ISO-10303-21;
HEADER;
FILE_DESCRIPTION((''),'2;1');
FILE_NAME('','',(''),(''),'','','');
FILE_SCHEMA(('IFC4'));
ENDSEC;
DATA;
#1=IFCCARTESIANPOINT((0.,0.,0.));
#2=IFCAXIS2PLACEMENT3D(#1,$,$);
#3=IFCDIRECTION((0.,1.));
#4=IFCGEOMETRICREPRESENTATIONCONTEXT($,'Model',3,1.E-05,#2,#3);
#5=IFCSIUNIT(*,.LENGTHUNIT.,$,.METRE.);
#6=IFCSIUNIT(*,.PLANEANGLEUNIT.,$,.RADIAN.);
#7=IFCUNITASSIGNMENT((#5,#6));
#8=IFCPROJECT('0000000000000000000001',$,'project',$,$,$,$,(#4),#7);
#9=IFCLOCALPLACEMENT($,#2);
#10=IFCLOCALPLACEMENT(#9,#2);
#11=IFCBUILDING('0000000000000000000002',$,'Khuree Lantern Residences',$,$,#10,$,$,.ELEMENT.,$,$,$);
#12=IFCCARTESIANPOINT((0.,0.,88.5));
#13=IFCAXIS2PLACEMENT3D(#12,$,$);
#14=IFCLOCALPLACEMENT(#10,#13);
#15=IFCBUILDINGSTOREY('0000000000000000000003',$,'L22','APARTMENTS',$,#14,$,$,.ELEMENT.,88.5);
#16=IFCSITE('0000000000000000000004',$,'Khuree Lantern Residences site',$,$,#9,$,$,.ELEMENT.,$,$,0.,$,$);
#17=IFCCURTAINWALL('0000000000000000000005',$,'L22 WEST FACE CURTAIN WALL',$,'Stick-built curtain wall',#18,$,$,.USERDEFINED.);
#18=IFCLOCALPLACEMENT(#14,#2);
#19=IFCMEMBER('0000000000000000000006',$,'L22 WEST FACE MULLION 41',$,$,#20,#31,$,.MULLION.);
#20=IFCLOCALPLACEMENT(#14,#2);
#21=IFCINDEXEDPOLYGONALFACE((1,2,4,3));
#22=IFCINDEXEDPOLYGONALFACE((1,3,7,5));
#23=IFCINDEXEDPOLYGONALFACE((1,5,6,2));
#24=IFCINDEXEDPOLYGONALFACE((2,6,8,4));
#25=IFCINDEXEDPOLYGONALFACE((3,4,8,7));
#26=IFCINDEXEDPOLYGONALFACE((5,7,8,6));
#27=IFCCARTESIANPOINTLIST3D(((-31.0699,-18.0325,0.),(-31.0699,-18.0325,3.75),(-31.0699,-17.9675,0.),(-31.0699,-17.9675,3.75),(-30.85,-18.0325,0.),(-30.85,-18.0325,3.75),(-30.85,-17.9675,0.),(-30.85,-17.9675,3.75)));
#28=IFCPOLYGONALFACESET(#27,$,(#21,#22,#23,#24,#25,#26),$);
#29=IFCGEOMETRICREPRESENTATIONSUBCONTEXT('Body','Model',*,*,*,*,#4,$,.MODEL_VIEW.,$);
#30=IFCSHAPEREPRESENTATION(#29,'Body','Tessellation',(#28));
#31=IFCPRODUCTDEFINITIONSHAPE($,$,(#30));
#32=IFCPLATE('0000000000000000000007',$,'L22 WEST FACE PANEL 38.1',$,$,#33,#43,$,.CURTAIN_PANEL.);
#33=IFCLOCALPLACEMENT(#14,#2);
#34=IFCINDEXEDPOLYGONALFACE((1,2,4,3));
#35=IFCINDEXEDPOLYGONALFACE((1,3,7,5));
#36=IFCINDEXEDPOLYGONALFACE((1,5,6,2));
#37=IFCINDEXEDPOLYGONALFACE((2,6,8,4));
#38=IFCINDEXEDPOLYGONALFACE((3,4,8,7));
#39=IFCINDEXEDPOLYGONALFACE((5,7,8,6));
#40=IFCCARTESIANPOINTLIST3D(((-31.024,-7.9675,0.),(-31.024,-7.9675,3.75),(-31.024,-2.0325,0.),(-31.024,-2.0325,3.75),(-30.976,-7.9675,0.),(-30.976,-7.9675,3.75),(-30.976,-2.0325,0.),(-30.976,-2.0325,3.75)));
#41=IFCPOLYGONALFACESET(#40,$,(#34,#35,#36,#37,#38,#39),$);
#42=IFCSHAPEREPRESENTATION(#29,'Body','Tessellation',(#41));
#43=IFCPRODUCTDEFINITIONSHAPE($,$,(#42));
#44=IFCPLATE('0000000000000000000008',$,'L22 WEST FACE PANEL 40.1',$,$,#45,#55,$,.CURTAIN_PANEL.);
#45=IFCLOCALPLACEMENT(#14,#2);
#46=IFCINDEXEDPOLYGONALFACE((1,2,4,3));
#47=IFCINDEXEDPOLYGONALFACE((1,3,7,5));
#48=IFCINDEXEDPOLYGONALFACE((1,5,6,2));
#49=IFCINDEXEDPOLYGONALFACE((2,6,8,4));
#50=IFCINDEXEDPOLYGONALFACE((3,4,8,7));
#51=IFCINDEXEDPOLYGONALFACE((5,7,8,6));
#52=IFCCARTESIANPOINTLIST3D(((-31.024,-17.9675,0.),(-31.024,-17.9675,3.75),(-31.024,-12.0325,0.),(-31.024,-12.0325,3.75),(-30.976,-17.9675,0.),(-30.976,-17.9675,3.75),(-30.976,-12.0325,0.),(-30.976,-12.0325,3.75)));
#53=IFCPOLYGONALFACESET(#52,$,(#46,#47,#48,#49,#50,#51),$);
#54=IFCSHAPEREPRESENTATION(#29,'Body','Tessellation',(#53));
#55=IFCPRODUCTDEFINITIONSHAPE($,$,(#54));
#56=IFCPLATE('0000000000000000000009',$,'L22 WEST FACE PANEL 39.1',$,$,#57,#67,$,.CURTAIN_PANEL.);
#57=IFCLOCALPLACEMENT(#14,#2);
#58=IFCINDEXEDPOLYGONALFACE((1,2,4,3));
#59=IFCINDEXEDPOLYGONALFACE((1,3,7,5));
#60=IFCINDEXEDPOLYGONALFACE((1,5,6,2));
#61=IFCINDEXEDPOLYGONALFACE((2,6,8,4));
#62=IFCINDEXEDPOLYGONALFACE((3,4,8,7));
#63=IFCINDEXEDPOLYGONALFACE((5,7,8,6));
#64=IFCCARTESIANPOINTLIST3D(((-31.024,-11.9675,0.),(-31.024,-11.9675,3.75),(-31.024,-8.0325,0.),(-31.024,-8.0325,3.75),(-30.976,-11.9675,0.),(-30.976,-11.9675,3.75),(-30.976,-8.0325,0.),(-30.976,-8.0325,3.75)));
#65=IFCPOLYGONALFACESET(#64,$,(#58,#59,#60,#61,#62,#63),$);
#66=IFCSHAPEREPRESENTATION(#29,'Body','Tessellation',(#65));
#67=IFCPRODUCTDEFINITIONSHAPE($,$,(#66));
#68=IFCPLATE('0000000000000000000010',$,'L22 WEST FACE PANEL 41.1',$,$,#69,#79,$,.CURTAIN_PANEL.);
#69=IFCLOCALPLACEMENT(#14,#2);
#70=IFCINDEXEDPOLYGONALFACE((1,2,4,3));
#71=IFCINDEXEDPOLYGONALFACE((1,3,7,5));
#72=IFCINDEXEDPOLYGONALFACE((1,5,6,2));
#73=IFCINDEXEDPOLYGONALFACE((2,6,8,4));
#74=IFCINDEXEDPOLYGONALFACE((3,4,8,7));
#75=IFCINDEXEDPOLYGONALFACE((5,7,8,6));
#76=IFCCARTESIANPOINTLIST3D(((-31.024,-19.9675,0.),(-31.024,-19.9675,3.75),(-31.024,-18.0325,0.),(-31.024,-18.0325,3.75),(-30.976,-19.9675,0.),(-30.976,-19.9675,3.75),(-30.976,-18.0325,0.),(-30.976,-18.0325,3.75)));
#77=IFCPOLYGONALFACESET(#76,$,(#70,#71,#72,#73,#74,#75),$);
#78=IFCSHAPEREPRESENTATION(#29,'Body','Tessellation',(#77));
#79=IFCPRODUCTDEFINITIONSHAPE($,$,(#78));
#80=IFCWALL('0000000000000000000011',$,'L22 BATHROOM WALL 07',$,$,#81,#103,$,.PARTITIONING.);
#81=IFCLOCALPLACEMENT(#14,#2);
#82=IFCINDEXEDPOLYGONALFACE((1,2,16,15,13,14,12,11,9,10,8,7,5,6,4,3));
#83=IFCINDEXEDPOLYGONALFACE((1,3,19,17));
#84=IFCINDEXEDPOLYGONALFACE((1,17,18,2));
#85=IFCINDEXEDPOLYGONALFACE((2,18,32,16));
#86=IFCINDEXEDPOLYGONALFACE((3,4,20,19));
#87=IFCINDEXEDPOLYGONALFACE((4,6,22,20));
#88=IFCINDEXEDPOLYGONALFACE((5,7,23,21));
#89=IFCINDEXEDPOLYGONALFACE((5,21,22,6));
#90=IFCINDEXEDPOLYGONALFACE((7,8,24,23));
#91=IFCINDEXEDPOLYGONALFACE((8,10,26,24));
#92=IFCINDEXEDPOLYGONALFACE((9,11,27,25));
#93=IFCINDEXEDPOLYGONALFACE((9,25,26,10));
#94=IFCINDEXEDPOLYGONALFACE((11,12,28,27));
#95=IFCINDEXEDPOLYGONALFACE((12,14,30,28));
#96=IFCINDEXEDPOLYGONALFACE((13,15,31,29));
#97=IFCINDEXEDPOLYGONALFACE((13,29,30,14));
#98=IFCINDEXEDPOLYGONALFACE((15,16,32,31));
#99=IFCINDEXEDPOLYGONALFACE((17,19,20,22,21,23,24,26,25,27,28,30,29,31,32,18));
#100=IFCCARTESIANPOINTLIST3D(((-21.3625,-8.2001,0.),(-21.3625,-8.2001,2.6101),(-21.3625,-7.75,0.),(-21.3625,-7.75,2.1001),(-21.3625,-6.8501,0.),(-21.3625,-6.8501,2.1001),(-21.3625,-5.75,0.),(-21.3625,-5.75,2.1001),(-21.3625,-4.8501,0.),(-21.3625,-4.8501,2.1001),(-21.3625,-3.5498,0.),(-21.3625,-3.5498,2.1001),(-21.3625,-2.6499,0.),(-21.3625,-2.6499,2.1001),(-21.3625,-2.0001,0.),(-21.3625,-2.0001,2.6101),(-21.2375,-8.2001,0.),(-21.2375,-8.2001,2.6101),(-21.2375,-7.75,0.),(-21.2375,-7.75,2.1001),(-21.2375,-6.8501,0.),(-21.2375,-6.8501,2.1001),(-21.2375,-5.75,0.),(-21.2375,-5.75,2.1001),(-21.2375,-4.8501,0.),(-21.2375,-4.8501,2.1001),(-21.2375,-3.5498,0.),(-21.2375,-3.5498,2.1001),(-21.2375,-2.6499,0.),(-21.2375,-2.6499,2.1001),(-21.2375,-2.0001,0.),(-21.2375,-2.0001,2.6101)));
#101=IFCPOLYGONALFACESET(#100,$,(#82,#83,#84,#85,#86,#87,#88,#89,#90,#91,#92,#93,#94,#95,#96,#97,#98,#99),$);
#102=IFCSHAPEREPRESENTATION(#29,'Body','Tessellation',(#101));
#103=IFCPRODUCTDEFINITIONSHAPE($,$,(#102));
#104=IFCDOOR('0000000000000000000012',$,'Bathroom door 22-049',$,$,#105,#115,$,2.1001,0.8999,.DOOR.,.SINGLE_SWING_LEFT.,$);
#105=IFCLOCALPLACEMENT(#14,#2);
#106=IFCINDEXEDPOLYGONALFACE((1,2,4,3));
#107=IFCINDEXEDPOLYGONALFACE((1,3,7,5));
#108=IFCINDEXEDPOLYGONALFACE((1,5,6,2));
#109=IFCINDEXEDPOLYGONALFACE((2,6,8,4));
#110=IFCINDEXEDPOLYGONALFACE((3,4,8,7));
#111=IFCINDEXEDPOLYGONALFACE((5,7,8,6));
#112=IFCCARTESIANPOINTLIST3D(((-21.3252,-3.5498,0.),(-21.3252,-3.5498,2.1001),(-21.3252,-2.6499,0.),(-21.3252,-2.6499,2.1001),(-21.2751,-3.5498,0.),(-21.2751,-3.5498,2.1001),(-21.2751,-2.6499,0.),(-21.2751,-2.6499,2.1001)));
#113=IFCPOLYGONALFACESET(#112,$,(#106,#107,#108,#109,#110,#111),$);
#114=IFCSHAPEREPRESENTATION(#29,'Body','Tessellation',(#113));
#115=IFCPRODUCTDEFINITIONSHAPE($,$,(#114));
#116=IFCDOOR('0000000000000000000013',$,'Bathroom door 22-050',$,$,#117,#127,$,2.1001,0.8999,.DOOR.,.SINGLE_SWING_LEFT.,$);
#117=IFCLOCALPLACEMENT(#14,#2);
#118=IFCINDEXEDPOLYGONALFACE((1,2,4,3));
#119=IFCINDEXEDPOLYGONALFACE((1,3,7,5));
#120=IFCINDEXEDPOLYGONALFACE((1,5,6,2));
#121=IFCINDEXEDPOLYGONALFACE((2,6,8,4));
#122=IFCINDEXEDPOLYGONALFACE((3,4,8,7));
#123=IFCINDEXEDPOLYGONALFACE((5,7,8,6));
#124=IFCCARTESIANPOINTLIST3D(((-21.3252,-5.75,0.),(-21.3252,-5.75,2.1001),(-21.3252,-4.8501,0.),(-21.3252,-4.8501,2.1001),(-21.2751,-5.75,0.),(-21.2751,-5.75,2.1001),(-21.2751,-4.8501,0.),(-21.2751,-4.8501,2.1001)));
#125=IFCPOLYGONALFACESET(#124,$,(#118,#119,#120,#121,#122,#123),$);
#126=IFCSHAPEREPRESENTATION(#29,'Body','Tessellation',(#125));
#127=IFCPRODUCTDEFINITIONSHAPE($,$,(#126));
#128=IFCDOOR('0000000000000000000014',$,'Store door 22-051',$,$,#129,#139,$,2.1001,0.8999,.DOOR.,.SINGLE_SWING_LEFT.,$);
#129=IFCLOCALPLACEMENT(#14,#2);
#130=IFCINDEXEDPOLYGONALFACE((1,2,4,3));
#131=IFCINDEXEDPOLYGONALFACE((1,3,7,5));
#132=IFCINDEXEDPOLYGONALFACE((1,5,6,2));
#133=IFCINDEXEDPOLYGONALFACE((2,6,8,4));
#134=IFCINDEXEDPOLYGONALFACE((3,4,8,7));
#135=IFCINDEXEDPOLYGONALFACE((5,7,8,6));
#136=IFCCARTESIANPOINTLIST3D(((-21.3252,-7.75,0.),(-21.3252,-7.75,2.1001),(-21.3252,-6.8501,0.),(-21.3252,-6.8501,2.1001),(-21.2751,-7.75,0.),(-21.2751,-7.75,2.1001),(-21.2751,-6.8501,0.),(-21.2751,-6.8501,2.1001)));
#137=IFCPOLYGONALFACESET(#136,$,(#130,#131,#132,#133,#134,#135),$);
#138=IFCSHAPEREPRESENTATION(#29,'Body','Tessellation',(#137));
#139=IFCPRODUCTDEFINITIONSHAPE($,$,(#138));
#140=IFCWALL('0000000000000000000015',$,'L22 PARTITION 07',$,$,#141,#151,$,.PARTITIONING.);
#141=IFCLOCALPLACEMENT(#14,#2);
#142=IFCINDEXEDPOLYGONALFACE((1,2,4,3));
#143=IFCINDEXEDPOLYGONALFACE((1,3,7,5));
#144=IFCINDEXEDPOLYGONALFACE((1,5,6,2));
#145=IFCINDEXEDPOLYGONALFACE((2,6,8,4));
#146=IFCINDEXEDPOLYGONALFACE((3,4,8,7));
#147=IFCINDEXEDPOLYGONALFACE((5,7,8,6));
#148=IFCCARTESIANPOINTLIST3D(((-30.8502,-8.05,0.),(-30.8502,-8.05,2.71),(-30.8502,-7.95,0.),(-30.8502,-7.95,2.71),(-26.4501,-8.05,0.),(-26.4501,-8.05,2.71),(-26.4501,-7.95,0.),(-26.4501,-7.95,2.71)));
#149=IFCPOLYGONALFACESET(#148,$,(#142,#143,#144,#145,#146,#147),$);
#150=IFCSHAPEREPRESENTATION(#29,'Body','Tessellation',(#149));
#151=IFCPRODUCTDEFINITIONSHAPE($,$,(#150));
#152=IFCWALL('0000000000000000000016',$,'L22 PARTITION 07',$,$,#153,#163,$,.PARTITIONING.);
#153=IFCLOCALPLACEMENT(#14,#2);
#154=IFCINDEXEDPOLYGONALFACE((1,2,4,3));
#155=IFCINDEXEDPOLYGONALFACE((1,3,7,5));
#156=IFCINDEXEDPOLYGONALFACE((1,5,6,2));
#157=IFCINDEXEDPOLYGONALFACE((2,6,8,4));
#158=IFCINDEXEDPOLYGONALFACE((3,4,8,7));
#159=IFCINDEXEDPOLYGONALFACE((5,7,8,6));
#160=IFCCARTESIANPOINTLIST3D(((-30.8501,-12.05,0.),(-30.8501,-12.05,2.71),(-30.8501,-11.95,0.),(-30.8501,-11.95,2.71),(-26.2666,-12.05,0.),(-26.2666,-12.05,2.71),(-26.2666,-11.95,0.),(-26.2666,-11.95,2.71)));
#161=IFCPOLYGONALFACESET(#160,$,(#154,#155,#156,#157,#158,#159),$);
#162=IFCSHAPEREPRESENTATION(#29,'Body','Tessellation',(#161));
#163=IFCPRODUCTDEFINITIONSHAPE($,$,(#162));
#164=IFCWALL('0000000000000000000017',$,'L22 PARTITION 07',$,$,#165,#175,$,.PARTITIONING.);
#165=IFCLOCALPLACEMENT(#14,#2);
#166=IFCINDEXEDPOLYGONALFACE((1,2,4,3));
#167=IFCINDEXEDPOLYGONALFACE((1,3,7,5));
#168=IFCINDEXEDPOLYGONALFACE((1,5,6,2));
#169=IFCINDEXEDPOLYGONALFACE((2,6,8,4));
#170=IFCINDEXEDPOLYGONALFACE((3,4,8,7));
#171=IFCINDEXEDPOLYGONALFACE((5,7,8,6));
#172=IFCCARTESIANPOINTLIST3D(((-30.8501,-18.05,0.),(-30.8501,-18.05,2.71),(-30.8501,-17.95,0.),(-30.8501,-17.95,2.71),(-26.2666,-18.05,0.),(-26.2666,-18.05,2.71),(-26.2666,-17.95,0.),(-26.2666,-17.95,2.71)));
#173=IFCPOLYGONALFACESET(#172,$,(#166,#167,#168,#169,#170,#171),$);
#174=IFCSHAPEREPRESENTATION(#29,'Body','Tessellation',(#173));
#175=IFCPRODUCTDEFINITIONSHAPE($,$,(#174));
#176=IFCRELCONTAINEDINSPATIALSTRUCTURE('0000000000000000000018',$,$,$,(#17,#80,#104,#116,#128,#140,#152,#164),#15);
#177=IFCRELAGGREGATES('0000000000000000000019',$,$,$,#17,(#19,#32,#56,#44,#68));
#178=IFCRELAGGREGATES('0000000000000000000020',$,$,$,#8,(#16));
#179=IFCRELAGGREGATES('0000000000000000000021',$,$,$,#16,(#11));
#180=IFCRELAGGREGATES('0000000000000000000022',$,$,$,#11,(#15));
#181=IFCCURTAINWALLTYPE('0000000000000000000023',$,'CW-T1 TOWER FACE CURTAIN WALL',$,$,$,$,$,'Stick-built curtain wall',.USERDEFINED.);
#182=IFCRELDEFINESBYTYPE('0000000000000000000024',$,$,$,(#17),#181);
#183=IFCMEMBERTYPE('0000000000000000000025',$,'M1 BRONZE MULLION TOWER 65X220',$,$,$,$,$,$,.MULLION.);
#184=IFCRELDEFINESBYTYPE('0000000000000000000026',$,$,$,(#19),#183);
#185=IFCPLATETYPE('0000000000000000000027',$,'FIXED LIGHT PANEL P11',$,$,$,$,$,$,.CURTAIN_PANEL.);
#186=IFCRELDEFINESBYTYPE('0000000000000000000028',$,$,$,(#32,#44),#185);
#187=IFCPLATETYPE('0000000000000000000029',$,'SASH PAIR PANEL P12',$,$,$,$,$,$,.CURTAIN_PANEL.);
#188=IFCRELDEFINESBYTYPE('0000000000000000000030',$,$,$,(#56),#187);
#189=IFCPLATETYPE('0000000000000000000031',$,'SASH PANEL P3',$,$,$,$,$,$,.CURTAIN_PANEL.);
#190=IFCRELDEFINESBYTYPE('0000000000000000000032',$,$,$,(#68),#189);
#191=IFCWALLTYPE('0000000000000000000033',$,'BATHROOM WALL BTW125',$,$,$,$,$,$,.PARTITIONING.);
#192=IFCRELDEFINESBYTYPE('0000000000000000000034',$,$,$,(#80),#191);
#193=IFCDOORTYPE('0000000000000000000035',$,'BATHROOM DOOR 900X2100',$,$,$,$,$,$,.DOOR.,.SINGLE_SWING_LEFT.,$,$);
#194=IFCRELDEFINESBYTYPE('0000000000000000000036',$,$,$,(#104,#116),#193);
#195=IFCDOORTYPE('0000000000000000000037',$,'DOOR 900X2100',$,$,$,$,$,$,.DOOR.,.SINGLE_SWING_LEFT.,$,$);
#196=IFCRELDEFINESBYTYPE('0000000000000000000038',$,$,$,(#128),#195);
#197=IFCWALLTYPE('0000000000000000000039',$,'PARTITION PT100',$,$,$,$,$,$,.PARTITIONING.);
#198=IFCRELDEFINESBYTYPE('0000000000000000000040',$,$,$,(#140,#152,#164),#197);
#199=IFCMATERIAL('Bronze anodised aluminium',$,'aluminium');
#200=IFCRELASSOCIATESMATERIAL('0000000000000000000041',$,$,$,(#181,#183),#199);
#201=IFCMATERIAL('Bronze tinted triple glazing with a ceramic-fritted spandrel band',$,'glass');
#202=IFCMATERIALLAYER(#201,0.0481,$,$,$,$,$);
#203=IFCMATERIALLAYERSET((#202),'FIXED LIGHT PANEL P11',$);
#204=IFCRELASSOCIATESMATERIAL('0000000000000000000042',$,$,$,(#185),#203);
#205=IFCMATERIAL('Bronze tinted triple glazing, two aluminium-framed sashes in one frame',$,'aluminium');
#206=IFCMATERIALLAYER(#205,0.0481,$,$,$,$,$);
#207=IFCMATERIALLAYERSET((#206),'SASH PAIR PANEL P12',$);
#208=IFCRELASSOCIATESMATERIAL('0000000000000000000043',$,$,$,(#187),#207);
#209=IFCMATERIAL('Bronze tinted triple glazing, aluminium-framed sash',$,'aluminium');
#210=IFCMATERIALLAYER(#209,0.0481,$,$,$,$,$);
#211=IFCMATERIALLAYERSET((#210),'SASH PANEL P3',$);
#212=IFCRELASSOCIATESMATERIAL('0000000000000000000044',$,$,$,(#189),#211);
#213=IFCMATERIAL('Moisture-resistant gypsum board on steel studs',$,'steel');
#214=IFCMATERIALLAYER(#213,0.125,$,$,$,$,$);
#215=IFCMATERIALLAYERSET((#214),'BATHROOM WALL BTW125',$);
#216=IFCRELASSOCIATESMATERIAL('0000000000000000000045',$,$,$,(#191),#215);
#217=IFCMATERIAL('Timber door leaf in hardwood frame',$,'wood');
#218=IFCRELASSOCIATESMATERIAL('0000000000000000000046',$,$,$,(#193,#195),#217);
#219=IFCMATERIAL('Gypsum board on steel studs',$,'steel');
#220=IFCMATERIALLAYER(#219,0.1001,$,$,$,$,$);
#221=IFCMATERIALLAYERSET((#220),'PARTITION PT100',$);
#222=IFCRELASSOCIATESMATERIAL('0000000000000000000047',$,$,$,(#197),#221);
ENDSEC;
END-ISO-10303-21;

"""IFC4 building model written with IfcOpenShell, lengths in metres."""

from ifc_helpers import new_model, si_unit, direction, frame, frame_2d, origin, origin_2d, place, context, subcontext, project, spatial, rectangle, extrude, material, layer, layer_set, material_profile, profile_set, type_object, element, fill, aggregate, save


model = new_model("IFC4")

# Units and contexts
model_context = context("Model", 3, precision=1e-05, world=origin(), true_north=direction((0.0, 1.0)))
body_context = subcontext(model_context, "Body", "Model", "MODEL_VIEW")
ifc_project = project(units=[si_unit("LENGTHUNIT", "METRE"), si_unit("PLANEANGLEUNIT", "RADIAN")], contexts=[model_context])

# Site, building, storey
site_placement = place(None, origin())
site = spatial("IfcSite", under=ifc_project, at=site_placement, Name="Khuree Lantern Residences site", CompositionType="ELEMENT", RefElevation=0.0)
building_placement = place(site_placement, origin())
building = spatial("IfcBuilding", under=site, at=building_placement, Name="Khuree Lantern Residences", CompositionType="ELEMENT")
storey_placement = place(building_placement, frame((0.0, 0.0, 88.5)))
storey = spatial("IfcBuildingStorey", under=building, at=storey_placement, Name="L22", Description="APARTMENTS", CompositionType="ELEMENT", Elevation=88.5)

# Curtain wall
ifc_material_1 = material(Name="Bronze anodised aluminium", Category="aluminium")
curtain_wall_type = type_object("IfcCurtainWallType", Name="CW-T1 TOWER FACE CURTAIN WALL", ElementType="Stick-built curtain wall", PredefinedType="USERDEFINED", material=ifc_material_1)
curtain_wall_placement = place(storey_placement, origin())
curtain_wall = element("IfcCurtainWall", 1, at=curtain_wall_placement, inside=storey, type_object=curtain_wall_type, Name="L22 WEST FACE CURTAIN WALL", ObjectType="Stick-built curtain wall", PredefinedType="USERDEFINED")

# Member
ifc_material_profile_1 = material_profile(ifc_material_1, rectangle(XDim=0.0649, YDim=0.22, at=origin_2d()), Name="M1 65X220")
ifc_profile_set_1 = profile_set([ifc_material_profile_1], Name="Bronze anodised aluminium")
member_type_1 = type_object("IfcMemberType", Name="M1 BRONZE MULLION TOWER 65X220", PredefinedType="MULLION", material=ifc_profile_set_1)
member_1_placement = place(storey_placement, frame((-30.96, -18.0, 0.0), z_axis=(0.0, 0.0, 1.0), x_axis=(0.0, -1.0, 0.0)))
member_1 = element("IfcMember", 2, at=member_1_placement, type_object=member_type_1, Name="L22 WEST FACE MULLION 41", PredefinedType="MULLION", context=body_context, shape_type="SweptSolid", body=[
    extrude(rectangle(XDim=0.0649, YDim=0.22, at=origin_2d()), origin(), (0.0, 0.0, 1.0), 3.75),
])

# Plates
ifc_material_2 = material(Name="Bronze tinted triple glazing with a ceramic-fritted spandrel band", Category="glass")
ifc_layer_1 = layer(ifc_material_2, 0.0481)
ifc_layer_set_1 = layer_set([ifc_layer_1], Name="FIXED LIGHT PANEL P11")
plate_type_1 = type_object("IfcPlateType", Name="FIXED LIGHT PANEL P11", PredefinedType="CURTAIN_PANEL", material=ifc_layer_set_1)
plate_1_placement = place(storey_placement, frame((-31.0, -5.0, 0.0), z_axis=(0.0, 0.0, 1.0), x_axis=(0.0, -1.0, 0.0)))
plate_1 = element("IfcPlate", 3, at=plate_1_placement, type_object=plate_type_1, Name="L22 WEST FACE PANEL 38.1", PredefinedType="CURTAIN_PANEL", context=body_context, shape_type="SweptSolid", body=[
    extrude(rectangle(XDim=5.9351, YDim=0.0481, at=origin_2d()), origin(), (0.0, 0.0, 1.0), 3.75),
])
plate_2_placement = place(storey_placement, frame((-31.0, -15.0, 0.0), z_axis=(0.0, 0.0, 1.0), x_axis=(0.0, -1.0, 0.0)))
plate_2 = element("IfcPlate", 4, at=plate_2_placement, type_object=plate_type_1, Name="L22 WEST FACE PANEL 40.1", PredefinedType="CURTAIN_PANEL", context=body_context, shape_type="SweptSolid", body=[
    extrude(rectangle(XDim=5.9351, YDim=0.0481, at=origin_2d()), origin(), (0.0, 0.0, 1.0), 3.75),
])
ifc_material_3 = material(Name="Bronze tinted triple glazing, two aluminium-framed sashes in one frame", Category="aluminium")
ifc_layer_2 = layer(ifc_material_3, 0.0481)
ifc_layer_set_2 = layer_set([ifc_layer_2], Name="SASH PAIR PANEL P12")
plate_type_2 = type_object("IfcPlateType", Name="SASH PAIR PANEL P12", PredefinedType="CURTAIN_PANEL", material=ifc_layer_set_2)
plate_3_placement = place(storey_placement, frame((-31.0, -10.0, 0.0), z_axis=(0.0, 0.0, 1.0), x_axis=(0.0, -1.0, 0.0)))
plate_3 = element("IfcPlate", 5, at=plate_3_placement, type_object=plate_type_2, Name="L22 WEST FACE PANEL 39.1", PredefinedType="CURTAIN_PANEL", context=body_context, shape_type="SweptSolid", body=[
    extrude(rectangle(XDim=3.9351, YDim=0.0481, at=origin_2d()), origin(), (0.0, 0.0, 1.0), 3.75),
])
ifc_material_4 = material(Name="Bronze tinted triple glazing, aluminium-framed sash", Category="aluminium")
ifc_layer_3 = layer(ifc_material_4, 0.0481)
ifc_layer_set_3 = layer_set([ifc_layer_3], Name="SASH PANEL P3")
plate_type_3 = type_object("IfcPlateType", Name="SASH PANEL P3", PredefinedType="CURTAIN_PANEL", material=ifc_layer_set_3)
plate_4_placement = place(storey_placement, frame((-31.0, -19.0, 0.0), z_axis=(0.0, 0.0, 1.0), x_axis=(0.0, -1.0, 0.0)))
plate_4 = element("IfcPlate", 6, at=plate_4_placement, type_object=plate_type_3, Name="L22 WEST FACE PANEL 41.1", PredefinedType="CURTAIN_PANEL", context=body_context, shape_type="SweptSolid", body=[
    extrude(rectangle(XDim=1.9351, YDim=0.0481, at=origin_2d()), origin(), (0.0, 0.0, 1.0), 3.75),
])
aggregate(curtain_wall, [member_1, plate_1, plate_3, plate_2, plate_4])

# Wall, openings, doors
ifc_material_5 = material(Name="Moisture-resistant gypsum board on steel studs", Category="steel")
ifc_layer_4 = layer(ifc_material_5, 0.125)
ifc_layer_set_4 = layer_set([ifc_layer_4], Name="BATHROOM WALL BTW125")
wall_type_1 = type_object("IfcWallType", Name="BATHROOM WALL BTW125", PredefinedType="PARTITIONING", material=ifc_layer_set_4)
wall_1_placement = place(storey_placement, frame((-21.3, -2.0, 0.0), z_axis=(0.0, 0.0, 1.0), x_axis=(0.0, -1.0, 0.0)))
wall_1 = element("IfcWall", 7, at=wall_1_placement, inside=storey, type_object=wall_type_1, Name="L22 BATHROOM WALL 07", PredefinedType="PARTITIONING", context=body_context, shape_type="SweptSolid", body=[
    extrude(rectangle(XDim=6.2, YDim=0.125, at=frame_2d((3.1001, 0.0))), origin(), (0.0, 0.0, 1.0), 2.6101),
])
opening_1_placement = place(wall_1_placement, frame((0.6499, 0.0, 0.0)))
opening_1 = element("IfcOpeningElement", 8, at=opening_1_placement, cuts=wall_1, PredefinedType="OPENING", context=body_context, shape_type="SweptSolid", body=[
    extrude(rectangle(XDim=0.8999, YDim=2.1001, at=frame_2d((0.45, 1.05))), frame((0.0, 0.0725, 0.0), z_axis=(0.0, -1.0, 0.0), x_axis=(1.0, 0.0, 0.0)), (0.0, 0.0, 1.0), 0.145),
])
opening_2_placement = place(wall_1_placement, frame((2.8501, 0.0, 0.0)))
opening_2 = element("IfcOpeningElement", 9, at=opening_2_placement, cuts=wall_1, PredefinedType="OPENING", context=body_context, shape_type="SweptSolid", body=[
    extrude(rectangle(XDim=0.8999, YDim=2.1001, at=frame_2d((0.45, 1.05))), frame((0.0, 0.0725, 0.0), z_axis=(0.0, -1.0, 0.0), x_axis=(1.0, 0.0, 0.0)), (0.0, 0.0, 1.0), 0.145),
])
opening_3_placement = place(wall_1_placement, frame((4.8501, 0.0, 0.0)))
opening_3 = element("IfcOpeningElement", 10, at=opening_3_placement, cuts=wall_1, PredefinedType="OPENING", context=body_context, shape_type="SweptSolid", body=[
    extrude(rectangle(XDim=0.8999, YDim=2.1001, at=frame_2d((0.45, 1.05))), frame((0.0, 0.0725, 0.0), z_axis=(0.0, -1.0, 0.0), x_axis=(1.0, 0.0, 0.0)), (0.0, 0.0, 1.0), 0.145),
])
ifc_material_6 = material(Name="Timber door leaf in hardwood frame", Category="wood")
door_type_1 = type_object("IfcDoorType", Name="BATHROOM DOOR 900X2100", OperationType="SINGLE_SWING_LEFT", PredefinedType="DOOR", material=ifc_material_6)
door_1_placement = place(opening_1_placement, origin())
door_1 = element("IfcDoor", 11, at=door_1_placement, inside=storey, type_object=door_type_1, Name="Bathroom door 22-049", OperationType="SINGLE_SWING_LEFT", OverallHeight=2.1001, OverallWidth=0.8999, PredefinedType="DOOR", context=body_context, shape_type="SweptSolid", body=[
    extrude(rectangle(XDim=0.8999, YDim=2.1001, at=frame_2d((0.45, 1.05))), frame((0.0, 0.0249, 0.0), z_axis=(0.0, -1.0, 0.0), x_axis=(1.0, 0.0, 0.0)), (0.0, 0.0, 1.0), 0.05),
])
fill(opening_1, door_1)
door_2_placement = place(opening_2_placement, origin())
door_2 = element("IfcDoor", 12, at=door_2_placement, inside=storey, type_object=door_type_1, Name="Bathroom door 22-050", OperationType="SINGLE_SWING_LEFT", OverallHeight=2.1001, OverallWidth=0.8999, PredefinedType="DOOR", context=body_context, shape_type="SweptSolid", body=[
    extrude(rectangle(XDim=0.8999, YDim=2.1001, at=frame_2d((0.45, 1.05))), frame((0.0, 0.0249, 0.0), z_axis=(0.0, -1.0, 0.0), x_axis=(1.0, 0.0, 0.0)), (0.0, 0.0, 1.0), 0.05),
])
fill(opening_2, door_2)
door_type_2 = type_object("IfcDoorType", Name="DOOR 900X2100", OperationType="SINGLE_SWING_LEFT", PredefinedType="DOOR", material=ifc_material_6)
door_3_placement = place(opening_3_placement, origin())
door_3 = element("IfcDoor", 13, at=door_3_placement, inside=storey, type_object=door_type_2, Name="Store door 22-051", OperationType="SINGLE_SWING_LEFT", OverallHeight=2.1001, OverallWidth=0.8999, PredefinedType="DOOR", context=body_context, shape_type="SweptSolid", body=[
    extrude(rectangle(XDim=0.8999, YDim=2.1001, at=frame_2d((0.45, 1.05))), frame((0.0, 0.0249, 0.0), z_axis=(0.0, -1.0, 0.0), x_axis=(1.0, 0.0, 0.0)), (0.0, 0.0, 1.0), 0.05),
])
fill(opening_3, door_3)

# Walls
ifc_material_7 = material(Name="Gypsum board on steel studs", Category="steel")
ifc_layer_5 = layer(ifc_material_7, 0.1001)
ifc_layer_set_5 = layer_set([ifc_layer_5], Name="PARTITION PT100")
wall_type_2 = type_object("IfcWallType", Name="PARTITION PT100", PredefinedType="PARTITIONING", material=ifc_layer_set_5)
wall_2_placement = place(storey_placement, frame((-26.45, -8.0, 0.0), z_axis=(0.0, 0.0, 1.0), x_axis=(-1.0, 0.0, 0.0)))
element("IfcWall", 14, at=wall_2_placement, inside=storey, type_object=wall_type_2, Name="L22 PARTITION 07", PredefinedType="PARTITIONING", context=body_context, shape_type="SweptSolid", body=[
    extrude(rectangle(XDim=4.4001, YDim=0.1001, at=frame_2d((2.2002, 0.0))), origin(), (0.0, 0.0, 1.0), 2.71),
])
for number, where, z_axis, x_axis, name in (
    (15, (-26.2666, -12.0, 0.0), (0.0, 0.0, 1.0), (-1.0, 0.0, 0.0), "L22 PARTITION 07"),
    (16, (-26.2666, -18.0, 0.0), (0.0, 0.0, 1.0), (-1.0, 0.0, 0.0), "L22 PARTITION 07"),
):
    element("IfcWall", number, at=place(storey_placement, frame(where, z_axis=z_axis, x_axis=x_axis)), inside=storey, type_object=wall_type_2, Name=name, PredefinedType="PARTITIONING", context=body_context, shape_type="SweptSolid", body=[
        extrude(rectangle(XDim=4.5835, YDim=0.1001, at=frame_2d((2.2917, 0.0))), origin(), (0.0, 0.0, 1.0), 2.71),
    ])

save(model, "model.ifc")
